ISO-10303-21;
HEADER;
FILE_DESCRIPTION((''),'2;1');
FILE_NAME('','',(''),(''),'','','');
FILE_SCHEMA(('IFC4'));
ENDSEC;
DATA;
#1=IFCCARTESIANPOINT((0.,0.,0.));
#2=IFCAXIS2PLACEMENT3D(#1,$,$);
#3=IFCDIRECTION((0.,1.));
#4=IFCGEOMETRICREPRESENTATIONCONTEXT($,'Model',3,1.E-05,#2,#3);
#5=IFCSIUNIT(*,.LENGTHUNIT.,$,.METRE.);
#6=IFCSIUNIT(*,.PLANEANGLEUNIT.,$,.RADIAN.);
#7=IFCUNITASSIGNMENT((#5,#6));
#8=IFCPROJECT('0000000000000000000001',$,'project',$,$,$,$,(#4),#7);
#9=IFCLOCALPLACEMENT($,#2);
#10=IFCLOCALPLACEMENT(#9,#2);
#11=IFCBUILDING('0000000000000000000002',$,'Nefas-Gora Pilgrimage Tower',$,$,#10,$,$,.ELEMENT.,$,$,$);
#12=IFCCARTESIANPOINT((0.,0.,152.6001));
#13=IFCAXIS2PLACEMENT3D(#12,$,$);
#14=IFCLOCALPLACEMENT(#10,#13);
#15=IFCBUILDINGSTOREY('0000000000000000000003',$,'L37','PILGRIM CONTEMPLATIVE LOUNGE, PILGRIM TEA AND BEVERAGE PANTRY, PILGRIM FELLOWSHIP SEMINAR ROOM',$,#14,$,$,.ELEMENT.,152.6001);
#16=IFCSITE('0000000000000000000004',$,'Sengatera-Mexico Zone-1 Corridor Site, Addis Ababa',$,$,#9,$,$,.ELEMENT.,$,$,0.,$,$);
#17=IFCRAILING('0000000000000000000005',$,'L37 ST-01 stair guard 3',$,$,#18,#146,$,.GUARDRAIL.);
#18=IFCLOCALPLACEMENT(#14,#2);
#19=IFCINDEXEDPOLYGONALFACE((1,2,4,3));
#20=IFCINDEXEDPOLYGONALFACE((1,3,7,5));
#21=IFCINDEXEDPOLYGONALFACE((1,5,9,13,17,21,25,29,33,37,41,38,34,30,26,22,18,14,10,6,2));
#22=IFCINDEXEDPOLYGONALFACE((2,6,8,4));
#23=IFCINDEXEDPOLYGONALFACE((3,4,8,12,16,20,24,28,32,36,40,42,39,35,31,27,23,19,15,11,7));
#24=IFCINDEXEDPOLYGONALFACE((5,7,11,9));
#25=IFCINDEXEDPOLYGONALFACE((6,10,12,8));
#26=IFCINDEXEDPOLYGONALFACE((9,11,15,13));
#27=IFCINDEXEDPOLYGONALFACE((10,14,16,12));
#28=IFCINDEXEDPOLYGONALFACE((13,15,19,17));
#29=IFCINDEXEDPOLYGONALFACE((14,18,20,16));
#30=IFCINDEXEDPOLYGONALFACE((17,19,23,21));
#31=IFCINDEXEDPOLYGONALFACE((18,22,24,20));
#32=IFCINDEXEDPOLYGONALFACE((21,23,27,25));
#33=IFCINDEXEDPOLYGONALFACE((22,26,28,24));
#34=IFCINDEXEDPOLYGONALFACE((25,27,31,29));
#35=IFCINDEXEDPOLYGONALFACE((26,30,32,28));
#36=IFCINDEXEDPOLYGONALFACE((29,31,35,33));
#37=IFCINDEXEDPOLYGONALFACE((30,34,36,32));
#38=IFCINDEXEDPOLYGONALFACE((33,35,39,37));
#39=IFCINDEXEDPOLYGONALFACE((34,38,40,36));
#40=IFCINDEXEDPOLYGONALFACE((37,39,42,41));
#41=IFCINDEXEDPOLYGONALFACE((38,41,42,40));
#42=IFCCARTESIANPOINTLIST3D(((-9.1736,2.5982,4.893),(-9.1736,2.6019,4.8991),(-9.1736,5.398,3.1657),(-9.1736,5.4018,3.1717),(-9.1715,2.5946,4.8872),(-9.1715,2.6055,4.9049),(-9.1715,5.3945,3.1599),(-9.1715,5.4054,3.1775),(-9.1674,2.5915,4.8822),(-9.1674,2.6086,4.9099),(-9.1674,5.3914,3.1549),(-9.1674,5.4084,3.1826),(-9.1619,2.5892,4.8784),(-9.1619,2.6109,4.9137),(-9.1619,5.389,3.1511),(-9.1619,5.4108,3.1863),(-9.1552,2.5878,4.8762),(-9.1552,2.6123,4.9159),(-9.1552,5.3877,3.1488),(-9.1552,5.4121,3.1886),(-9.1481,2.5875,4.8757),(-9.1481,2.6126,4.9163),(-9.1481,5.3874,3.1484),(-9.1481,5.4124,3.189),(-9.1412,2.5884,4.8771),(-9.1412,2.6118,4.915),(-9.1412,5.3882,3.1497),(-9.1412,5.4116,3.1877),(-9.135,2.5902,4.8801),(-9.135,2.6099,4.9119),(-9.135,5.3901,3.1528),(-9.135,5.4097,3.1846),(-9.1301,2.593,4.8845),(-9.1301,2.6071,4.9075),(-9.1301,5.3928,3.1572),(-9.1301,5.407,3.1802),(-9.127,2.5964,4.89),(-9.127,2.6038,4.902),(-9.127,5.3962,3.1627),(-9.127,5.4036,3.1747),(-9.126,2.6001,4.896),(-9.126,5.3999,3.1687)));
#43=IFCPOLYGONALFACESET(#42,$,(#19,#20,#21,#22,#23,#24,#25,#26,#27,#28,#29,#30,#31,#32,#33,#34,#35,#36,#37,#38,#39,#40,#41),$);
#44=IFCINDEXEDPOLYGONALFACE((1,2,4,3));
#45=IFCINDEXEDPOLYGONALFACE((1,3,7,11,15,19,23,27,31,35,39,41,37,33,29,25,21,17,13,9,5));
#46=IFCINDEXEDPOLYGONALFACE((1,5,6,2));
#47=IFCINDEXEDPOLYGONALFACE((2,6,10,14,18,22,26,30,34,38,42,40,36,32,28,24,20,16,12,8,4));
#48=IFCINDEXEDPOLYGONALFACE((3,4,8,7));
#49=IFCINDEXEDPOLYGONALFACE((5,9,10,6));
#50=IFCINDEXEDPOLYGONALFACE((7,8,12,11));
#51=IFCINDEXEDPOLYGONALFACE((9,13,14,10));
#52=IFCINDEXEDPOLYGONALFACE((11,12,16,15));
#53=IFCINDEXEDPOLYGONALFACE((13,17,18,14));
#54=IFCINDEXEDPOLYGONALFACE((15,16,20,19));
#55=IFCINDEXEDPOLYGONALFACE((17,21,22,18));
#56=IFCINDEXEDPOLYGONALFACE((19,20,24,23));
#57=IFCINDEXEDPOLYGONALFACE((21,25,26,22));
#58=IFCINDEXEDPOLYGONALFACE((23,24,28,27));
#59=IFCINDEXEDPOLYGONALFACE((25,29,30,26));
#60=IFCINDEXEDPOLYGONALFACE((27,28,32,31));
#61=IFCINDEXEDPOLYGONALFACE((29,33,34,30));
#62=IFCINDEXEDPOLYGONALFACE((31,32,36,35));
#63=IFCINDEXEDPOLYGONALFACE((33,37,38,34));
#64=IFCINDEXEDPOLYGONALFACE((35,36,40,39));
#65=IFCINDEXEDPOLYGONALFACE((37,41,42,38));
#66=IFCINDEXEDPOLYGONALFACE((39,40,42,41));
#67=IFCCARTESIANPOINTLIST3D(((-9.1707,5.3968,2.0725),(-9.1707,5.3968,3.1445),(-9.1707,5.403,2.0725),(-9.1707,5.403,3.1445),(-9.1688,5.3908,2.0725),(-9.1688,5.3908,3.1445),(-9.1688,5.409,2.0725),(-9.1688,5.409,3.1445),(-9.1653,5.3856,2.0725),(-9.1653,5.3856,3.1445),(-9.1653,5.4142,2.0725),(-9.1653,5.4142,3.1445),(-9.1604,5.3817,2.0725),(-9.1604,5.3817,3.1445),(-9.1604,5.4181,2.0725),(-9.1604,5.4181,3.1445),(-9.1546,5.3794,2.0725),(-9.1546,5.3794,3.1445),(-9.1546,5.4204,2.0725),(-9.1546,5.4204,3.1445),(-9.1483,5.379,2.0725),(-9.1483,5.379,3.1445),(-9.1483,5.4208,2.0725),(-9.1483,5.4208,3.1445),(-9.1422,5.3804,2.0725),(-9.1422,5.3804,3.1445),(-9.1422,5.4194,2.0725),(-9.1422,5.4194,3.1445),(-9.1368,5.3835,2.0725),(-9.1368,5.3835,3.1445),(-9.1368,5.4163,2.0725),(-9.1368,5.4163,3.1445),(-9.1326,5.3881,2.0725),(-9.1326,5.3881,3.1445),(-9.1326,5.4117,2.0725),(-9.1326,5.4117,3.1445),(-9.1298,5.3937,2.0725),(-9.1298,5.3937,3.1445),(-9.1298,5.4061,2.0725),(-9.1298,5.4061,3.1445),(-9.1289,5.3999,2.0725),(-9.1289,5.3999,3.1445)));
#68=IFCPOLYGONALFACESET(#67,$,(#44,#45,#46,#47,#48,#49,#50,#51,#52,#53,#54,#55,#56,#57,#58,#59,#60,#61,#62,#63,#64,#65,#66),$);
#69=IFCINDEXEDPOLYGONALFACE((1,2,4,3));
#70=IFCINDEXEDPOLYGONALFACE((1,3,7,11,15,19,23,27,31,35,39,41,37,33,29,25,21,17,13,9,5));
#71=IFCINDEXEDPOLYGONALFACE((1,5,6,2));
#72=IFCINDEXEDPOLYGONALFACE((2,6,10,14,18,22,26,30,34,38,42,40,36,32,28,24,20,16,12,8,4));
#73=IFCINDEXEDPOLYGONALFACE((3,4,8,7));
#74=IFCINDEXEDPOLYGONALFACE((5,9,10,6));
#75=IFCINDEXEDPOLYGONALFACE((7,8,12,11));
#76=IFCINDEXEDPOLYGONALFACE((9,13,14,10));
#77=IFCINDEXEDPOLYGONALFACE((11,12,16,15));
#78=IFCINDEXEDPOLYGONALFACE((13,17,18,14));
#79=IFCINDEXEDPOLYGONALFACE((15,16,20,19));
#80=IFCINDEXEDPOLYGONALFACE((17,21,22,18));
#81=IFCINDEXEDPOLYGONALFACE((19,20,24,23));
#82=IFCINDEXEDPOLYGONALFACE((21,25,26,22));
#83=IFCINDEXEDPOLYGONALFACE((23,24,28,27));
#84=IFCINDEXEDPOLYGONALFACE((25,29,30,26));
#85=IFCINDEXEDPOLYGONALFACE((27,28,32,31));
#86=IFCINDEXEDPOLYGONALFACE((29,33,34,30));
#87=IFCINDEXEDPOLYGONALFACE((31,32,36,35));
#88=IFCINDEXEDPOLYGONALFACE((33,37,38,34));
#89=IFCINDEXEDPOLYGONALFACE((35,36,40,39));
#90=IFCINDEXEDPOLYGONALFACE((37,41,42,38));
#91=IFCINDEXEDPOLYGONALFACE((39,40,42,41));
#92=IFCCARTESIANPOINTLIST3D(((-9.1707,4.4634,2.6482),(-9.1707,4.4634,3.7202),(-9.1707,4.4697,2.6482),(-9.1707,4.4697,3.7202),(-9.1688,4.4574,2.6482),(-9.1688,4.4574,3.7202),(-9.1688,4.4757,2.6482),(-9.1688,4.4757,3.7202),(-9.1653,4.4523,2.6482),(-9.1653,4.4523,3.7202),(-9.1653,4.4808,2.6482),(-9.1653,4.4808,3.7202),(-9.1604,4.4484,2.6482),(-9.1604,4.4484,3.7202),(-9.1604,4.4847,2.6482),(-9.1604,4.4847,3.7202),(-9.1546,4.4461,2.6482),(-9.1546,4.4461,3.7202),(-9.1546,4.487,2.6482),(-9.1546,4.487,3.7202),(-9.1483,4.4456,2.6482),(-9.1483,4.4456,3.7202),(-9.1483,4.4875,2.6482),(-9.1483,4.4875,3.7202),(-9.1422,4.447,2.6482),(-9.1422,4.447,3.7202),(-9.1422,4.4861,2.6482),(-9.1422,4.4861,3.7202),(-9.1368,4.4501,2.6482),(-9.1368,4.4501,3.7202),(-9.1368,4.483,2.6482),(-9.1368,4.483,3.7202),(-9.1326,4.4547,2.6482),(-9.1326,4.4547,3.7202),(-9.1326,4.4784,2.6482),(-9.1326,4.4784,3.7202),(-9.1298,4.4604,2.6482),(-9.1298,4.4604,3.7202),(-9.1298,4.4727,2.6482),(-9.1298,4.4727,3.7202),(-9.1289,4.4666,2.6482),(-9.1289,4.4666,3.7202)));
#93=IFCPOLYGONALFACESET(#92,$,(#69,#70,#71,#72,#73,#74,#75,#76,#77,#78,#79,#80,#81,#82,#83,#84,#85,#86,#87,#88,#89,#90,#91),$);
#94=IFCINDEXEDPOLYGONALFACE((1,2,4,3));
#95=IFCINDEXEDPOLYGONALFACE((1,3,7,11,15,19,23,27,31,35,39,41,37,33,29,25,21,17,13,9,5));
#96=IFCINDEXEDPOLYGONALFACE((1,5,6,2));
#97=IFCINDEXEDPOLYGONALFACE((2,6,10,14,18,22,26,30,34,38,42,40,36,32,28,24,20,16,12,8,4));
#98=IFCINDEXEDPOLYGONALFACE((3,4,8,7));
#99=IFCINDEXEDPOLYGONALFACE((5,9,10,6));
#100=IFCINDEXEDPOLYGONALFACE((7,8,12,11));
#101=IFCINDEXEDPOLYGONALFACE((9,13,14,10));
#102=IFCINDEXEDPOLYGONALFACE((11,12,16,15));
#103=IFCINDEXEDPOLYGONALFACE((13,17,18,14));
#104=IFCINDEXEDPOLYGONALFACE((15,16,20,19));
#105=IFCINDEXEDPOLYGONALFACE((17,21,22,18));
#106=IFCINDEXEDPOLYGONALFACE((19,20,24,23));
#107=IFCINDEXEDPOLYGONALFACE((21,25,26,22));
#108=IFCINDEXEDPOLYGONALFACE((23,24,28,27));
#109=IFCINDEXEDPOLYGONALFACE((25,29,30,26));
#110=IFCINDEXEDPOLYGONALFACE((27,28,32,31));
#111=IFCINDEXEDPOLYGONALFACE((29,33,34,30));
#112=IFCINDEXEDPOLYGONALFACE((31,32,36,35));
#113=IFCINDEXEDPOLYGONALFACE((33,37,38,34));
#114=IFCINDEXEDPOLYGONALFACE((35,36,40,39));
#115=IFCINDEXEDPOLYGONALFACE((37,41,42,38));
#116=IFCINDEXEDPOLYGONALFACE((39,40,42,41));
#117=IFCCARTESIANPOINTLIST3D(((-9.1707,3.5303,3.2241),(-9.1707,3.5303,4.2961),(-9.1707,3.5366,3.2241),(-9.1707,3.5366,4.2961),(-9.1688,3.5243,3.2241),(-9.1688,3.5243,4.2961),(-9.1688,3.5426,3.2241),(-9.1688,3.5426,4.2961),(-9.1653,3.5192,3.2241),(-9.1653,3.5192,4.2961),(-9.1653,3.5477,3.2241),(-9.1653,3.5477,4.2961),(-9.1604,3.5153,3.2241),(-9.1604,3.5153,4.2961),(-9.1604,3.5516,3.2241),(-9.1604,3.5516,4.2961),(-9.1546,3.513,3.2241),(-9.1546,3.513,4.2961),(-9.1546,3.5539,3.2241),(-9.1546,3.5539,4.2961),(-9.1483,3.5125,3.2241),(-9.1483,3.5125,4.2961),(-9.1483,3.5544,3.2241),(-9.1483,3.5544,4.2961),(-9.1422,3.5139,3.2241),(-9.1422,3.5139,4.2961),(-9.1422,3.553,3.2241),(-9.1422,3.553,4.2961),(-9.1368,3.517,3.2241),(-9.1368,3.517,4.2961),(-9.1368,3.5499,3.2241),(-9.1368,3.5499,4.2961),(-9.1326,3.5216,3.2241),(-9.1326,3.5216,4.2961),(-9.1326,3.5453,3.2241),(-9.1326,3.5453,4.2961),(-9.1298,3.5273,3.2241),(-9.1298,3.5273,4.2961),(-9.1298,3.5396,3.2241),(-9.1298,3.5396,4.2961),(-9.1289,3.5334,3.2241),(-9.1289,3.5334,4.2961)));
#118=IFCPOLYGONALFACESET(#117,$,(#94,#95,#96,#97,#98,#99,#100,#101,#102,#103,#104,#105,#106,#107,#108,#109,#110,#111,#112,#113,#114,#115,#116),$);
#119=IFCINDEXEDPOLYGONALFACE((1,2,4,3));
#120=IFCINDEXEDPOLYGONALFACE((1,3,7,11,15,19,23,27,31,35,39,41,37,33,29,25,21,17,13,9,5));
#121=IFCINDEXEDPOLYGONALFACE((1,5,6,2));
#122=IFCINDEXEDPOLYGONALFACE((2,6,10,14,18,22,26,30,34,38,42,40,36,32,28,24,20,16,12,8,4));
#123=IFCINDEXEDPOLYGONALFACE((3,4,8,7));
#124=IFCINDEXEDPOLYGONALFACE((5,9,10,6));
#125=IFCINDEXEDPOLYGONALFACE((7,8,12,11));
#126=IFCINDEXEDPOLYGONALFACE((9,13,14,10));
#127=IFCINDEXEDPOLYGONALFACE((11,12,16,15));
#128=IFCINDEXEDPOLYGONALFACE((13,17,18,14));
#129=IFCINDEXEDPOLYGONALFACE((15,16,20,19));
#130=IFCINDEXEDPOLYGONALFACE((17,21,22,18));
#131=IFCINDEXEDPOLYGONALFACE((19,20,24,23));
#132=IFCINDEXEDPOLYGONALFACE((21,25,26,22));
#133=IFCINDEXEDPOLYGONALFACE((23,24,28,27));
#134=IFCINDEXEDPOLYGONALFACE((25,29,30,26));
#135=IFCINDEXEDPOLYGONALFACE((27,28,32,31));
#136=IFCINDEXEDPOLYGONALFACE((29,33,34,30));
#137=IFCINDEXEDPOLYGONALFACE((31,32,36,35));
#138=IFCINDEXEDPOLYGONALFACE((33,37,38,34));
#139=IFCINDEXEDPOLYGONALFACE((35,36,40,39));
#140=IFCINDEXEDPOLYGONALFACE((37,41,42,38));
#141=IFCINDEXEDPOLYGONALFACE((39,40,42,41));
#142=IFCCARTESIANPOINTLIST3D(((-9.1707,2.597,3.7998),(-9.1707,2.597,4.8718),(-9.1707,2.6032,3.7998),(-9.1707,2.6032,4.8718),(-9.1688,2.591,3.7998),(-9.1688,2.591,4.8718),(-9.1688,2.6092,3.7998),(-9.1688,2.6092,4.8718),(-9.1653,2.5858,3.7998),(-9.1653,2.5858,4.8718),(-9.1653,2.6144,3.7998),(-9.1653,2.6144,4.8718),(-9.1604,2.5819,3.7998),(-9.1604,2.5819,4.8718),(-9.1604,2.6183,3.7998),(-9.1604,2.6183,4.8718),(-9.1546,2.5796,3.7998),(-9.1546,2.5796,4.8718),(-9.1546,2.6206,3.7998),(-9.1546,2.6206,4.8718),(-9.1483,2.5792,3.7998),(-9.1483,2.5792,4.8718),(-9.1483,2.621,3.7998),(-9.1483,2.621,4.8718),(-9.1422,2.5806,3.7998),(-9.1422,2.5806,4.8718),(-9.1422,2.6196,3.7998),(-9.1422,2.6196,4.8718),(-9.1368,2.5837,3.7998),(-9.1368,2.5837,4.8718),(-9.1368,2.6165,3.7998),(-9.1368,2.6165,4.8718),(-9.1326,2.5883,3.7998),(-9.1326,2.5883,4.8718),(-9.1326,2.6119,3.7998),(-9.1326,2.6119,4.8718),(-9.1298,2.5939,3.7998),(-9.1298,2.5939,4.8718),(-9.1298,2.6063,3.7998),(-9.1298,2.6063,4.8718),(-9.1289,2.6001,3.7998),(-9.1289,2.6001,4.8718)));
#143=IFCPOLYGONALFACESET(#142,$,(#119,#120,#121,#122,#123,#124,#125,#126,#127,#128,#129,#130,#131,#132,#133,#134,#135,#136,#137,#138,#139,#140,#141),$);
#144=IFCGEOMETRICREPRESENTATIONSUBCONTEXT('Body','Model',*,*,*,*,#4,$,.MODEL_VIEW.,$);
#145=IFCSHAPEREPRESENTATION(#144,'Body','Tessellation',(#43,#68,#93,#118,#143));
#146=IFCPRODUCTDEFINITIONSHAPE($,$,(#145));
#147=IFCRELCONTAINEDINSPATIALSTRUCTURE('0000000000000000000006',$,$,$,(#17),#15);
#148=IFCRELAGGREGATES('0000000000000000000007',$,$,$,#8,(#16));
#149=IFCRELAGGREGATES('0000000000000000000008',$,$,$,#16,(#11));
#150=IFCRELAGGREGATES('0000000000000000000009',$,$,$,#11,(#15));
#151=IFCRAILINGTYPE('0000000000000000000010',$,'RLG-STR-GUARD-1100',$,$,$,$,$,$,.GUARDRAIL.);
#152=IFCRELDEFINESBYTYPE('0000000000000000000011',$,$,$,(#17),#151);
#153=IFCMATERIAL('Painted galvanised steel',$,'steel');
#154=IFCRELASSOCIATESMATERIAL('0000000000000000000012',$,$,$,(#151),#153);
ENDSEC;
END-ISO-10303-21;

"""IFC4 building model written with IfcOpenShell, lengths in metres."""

from ifc_helpers import new_model, si_unit, direction, frame, origin, origin_2d, place, context, subcontext, project, spatial, circle, extrude, material, type_object, element, save


model = new_model("IFC4")

# Units and contexts
model_context = context("Model", 3, precision=1e-05, world=origin(), true_north=direction((0.0, 1.0)))
body_context = subcontext(model_context, "Body", "Model", "MODEL_VIEW")
ifc_project = project(units=[si_unit("LENGTHUNIT", "METRE"), si_unit("PLANEANGLEUNIT", "RADIAN")], contexts=[model_context])

# Site, building, storey
site_placement = place(None, origin())
site = spatial("IfcSite", under=ifc_project, at=site_placement, Name="Sengatera-Mexico Zone-1 Corridor Site, Addis Ababa", CompositionType="ELEMENT", RefElevation=0.0)
building_placement = place(site_placement, origin())
building = spatial("IfcBuilding", under=site, at=building_placement, Name="Nefas-Gora Pilgrimage Tower", CompositionType="ELEMENT")
storey_placement = place(building_placement, frame((0.0, 0.0, 152.6001)))
storey = spatial("IfcBuildingStorey", under=building, at=storey_placement, Name="L37", Description="PILGRIM CONTEMPLATIVE LOUNGE, PILGRIM TEA AND BEVERAGE PANTRY, PILGRIM FELLOWSHIP SEMINAR ROOM", CompositionType="ELEMENT", Elevation=152.6001)

# Railing
ifc_material_1 = material(Name="Painted galvanised steel", Category="steel")
railing_type_1 = type_object("IfcRailingType", Name="RLG-STR-GUARD-1100", PredefinedType="GUARDRAIL", material=ifc_material_1)
railing_1_placement = place(storey_placement, frame((-9.1499, 5.3999, 2.0725)))
element("IfcRailing", 1, at=railing_1_placement, inside=storey, type_object=railing_type_1, Name="L37 ST-01 stair guard 3", PredefinedType="GUARDRAIL", context=body_context, shape_type="SweptSolid", body=[
    extrude(circle(Radius=0.0239, at=origin_2d()), frame((0.0, 0.0, 1.0962), z_axis=(0.0, -0.851069, 0.525054), x_axis=(1.0, 0.0, 0.0)), (0.0, 0.0, 1.0), 3.2898),
    extrude(circle(Radius=0.021, at=origin_2d()), origin(), (0.0, 0.0, 1.0), 1.072),
    extrude(circle(Radius=0.021, at=origin_2d()), frame((0.0, -0.9333, 0.5757)), (0.0, 0.0, 1.0), 1.072),
    extrude(circle(Radius=0.021, at=origin_2d()), frame((0.0, -1.8665, 1.1516)), (0.0, 0.0, 1.0), 1.072),
    extrude(circle(Radius=0.021, at=origin_2d()), frame((0.0, -2.7998, 1.7273)), (0.0, 0.0, 1.0), 1.072),
])

save(model, "model.ifc")
